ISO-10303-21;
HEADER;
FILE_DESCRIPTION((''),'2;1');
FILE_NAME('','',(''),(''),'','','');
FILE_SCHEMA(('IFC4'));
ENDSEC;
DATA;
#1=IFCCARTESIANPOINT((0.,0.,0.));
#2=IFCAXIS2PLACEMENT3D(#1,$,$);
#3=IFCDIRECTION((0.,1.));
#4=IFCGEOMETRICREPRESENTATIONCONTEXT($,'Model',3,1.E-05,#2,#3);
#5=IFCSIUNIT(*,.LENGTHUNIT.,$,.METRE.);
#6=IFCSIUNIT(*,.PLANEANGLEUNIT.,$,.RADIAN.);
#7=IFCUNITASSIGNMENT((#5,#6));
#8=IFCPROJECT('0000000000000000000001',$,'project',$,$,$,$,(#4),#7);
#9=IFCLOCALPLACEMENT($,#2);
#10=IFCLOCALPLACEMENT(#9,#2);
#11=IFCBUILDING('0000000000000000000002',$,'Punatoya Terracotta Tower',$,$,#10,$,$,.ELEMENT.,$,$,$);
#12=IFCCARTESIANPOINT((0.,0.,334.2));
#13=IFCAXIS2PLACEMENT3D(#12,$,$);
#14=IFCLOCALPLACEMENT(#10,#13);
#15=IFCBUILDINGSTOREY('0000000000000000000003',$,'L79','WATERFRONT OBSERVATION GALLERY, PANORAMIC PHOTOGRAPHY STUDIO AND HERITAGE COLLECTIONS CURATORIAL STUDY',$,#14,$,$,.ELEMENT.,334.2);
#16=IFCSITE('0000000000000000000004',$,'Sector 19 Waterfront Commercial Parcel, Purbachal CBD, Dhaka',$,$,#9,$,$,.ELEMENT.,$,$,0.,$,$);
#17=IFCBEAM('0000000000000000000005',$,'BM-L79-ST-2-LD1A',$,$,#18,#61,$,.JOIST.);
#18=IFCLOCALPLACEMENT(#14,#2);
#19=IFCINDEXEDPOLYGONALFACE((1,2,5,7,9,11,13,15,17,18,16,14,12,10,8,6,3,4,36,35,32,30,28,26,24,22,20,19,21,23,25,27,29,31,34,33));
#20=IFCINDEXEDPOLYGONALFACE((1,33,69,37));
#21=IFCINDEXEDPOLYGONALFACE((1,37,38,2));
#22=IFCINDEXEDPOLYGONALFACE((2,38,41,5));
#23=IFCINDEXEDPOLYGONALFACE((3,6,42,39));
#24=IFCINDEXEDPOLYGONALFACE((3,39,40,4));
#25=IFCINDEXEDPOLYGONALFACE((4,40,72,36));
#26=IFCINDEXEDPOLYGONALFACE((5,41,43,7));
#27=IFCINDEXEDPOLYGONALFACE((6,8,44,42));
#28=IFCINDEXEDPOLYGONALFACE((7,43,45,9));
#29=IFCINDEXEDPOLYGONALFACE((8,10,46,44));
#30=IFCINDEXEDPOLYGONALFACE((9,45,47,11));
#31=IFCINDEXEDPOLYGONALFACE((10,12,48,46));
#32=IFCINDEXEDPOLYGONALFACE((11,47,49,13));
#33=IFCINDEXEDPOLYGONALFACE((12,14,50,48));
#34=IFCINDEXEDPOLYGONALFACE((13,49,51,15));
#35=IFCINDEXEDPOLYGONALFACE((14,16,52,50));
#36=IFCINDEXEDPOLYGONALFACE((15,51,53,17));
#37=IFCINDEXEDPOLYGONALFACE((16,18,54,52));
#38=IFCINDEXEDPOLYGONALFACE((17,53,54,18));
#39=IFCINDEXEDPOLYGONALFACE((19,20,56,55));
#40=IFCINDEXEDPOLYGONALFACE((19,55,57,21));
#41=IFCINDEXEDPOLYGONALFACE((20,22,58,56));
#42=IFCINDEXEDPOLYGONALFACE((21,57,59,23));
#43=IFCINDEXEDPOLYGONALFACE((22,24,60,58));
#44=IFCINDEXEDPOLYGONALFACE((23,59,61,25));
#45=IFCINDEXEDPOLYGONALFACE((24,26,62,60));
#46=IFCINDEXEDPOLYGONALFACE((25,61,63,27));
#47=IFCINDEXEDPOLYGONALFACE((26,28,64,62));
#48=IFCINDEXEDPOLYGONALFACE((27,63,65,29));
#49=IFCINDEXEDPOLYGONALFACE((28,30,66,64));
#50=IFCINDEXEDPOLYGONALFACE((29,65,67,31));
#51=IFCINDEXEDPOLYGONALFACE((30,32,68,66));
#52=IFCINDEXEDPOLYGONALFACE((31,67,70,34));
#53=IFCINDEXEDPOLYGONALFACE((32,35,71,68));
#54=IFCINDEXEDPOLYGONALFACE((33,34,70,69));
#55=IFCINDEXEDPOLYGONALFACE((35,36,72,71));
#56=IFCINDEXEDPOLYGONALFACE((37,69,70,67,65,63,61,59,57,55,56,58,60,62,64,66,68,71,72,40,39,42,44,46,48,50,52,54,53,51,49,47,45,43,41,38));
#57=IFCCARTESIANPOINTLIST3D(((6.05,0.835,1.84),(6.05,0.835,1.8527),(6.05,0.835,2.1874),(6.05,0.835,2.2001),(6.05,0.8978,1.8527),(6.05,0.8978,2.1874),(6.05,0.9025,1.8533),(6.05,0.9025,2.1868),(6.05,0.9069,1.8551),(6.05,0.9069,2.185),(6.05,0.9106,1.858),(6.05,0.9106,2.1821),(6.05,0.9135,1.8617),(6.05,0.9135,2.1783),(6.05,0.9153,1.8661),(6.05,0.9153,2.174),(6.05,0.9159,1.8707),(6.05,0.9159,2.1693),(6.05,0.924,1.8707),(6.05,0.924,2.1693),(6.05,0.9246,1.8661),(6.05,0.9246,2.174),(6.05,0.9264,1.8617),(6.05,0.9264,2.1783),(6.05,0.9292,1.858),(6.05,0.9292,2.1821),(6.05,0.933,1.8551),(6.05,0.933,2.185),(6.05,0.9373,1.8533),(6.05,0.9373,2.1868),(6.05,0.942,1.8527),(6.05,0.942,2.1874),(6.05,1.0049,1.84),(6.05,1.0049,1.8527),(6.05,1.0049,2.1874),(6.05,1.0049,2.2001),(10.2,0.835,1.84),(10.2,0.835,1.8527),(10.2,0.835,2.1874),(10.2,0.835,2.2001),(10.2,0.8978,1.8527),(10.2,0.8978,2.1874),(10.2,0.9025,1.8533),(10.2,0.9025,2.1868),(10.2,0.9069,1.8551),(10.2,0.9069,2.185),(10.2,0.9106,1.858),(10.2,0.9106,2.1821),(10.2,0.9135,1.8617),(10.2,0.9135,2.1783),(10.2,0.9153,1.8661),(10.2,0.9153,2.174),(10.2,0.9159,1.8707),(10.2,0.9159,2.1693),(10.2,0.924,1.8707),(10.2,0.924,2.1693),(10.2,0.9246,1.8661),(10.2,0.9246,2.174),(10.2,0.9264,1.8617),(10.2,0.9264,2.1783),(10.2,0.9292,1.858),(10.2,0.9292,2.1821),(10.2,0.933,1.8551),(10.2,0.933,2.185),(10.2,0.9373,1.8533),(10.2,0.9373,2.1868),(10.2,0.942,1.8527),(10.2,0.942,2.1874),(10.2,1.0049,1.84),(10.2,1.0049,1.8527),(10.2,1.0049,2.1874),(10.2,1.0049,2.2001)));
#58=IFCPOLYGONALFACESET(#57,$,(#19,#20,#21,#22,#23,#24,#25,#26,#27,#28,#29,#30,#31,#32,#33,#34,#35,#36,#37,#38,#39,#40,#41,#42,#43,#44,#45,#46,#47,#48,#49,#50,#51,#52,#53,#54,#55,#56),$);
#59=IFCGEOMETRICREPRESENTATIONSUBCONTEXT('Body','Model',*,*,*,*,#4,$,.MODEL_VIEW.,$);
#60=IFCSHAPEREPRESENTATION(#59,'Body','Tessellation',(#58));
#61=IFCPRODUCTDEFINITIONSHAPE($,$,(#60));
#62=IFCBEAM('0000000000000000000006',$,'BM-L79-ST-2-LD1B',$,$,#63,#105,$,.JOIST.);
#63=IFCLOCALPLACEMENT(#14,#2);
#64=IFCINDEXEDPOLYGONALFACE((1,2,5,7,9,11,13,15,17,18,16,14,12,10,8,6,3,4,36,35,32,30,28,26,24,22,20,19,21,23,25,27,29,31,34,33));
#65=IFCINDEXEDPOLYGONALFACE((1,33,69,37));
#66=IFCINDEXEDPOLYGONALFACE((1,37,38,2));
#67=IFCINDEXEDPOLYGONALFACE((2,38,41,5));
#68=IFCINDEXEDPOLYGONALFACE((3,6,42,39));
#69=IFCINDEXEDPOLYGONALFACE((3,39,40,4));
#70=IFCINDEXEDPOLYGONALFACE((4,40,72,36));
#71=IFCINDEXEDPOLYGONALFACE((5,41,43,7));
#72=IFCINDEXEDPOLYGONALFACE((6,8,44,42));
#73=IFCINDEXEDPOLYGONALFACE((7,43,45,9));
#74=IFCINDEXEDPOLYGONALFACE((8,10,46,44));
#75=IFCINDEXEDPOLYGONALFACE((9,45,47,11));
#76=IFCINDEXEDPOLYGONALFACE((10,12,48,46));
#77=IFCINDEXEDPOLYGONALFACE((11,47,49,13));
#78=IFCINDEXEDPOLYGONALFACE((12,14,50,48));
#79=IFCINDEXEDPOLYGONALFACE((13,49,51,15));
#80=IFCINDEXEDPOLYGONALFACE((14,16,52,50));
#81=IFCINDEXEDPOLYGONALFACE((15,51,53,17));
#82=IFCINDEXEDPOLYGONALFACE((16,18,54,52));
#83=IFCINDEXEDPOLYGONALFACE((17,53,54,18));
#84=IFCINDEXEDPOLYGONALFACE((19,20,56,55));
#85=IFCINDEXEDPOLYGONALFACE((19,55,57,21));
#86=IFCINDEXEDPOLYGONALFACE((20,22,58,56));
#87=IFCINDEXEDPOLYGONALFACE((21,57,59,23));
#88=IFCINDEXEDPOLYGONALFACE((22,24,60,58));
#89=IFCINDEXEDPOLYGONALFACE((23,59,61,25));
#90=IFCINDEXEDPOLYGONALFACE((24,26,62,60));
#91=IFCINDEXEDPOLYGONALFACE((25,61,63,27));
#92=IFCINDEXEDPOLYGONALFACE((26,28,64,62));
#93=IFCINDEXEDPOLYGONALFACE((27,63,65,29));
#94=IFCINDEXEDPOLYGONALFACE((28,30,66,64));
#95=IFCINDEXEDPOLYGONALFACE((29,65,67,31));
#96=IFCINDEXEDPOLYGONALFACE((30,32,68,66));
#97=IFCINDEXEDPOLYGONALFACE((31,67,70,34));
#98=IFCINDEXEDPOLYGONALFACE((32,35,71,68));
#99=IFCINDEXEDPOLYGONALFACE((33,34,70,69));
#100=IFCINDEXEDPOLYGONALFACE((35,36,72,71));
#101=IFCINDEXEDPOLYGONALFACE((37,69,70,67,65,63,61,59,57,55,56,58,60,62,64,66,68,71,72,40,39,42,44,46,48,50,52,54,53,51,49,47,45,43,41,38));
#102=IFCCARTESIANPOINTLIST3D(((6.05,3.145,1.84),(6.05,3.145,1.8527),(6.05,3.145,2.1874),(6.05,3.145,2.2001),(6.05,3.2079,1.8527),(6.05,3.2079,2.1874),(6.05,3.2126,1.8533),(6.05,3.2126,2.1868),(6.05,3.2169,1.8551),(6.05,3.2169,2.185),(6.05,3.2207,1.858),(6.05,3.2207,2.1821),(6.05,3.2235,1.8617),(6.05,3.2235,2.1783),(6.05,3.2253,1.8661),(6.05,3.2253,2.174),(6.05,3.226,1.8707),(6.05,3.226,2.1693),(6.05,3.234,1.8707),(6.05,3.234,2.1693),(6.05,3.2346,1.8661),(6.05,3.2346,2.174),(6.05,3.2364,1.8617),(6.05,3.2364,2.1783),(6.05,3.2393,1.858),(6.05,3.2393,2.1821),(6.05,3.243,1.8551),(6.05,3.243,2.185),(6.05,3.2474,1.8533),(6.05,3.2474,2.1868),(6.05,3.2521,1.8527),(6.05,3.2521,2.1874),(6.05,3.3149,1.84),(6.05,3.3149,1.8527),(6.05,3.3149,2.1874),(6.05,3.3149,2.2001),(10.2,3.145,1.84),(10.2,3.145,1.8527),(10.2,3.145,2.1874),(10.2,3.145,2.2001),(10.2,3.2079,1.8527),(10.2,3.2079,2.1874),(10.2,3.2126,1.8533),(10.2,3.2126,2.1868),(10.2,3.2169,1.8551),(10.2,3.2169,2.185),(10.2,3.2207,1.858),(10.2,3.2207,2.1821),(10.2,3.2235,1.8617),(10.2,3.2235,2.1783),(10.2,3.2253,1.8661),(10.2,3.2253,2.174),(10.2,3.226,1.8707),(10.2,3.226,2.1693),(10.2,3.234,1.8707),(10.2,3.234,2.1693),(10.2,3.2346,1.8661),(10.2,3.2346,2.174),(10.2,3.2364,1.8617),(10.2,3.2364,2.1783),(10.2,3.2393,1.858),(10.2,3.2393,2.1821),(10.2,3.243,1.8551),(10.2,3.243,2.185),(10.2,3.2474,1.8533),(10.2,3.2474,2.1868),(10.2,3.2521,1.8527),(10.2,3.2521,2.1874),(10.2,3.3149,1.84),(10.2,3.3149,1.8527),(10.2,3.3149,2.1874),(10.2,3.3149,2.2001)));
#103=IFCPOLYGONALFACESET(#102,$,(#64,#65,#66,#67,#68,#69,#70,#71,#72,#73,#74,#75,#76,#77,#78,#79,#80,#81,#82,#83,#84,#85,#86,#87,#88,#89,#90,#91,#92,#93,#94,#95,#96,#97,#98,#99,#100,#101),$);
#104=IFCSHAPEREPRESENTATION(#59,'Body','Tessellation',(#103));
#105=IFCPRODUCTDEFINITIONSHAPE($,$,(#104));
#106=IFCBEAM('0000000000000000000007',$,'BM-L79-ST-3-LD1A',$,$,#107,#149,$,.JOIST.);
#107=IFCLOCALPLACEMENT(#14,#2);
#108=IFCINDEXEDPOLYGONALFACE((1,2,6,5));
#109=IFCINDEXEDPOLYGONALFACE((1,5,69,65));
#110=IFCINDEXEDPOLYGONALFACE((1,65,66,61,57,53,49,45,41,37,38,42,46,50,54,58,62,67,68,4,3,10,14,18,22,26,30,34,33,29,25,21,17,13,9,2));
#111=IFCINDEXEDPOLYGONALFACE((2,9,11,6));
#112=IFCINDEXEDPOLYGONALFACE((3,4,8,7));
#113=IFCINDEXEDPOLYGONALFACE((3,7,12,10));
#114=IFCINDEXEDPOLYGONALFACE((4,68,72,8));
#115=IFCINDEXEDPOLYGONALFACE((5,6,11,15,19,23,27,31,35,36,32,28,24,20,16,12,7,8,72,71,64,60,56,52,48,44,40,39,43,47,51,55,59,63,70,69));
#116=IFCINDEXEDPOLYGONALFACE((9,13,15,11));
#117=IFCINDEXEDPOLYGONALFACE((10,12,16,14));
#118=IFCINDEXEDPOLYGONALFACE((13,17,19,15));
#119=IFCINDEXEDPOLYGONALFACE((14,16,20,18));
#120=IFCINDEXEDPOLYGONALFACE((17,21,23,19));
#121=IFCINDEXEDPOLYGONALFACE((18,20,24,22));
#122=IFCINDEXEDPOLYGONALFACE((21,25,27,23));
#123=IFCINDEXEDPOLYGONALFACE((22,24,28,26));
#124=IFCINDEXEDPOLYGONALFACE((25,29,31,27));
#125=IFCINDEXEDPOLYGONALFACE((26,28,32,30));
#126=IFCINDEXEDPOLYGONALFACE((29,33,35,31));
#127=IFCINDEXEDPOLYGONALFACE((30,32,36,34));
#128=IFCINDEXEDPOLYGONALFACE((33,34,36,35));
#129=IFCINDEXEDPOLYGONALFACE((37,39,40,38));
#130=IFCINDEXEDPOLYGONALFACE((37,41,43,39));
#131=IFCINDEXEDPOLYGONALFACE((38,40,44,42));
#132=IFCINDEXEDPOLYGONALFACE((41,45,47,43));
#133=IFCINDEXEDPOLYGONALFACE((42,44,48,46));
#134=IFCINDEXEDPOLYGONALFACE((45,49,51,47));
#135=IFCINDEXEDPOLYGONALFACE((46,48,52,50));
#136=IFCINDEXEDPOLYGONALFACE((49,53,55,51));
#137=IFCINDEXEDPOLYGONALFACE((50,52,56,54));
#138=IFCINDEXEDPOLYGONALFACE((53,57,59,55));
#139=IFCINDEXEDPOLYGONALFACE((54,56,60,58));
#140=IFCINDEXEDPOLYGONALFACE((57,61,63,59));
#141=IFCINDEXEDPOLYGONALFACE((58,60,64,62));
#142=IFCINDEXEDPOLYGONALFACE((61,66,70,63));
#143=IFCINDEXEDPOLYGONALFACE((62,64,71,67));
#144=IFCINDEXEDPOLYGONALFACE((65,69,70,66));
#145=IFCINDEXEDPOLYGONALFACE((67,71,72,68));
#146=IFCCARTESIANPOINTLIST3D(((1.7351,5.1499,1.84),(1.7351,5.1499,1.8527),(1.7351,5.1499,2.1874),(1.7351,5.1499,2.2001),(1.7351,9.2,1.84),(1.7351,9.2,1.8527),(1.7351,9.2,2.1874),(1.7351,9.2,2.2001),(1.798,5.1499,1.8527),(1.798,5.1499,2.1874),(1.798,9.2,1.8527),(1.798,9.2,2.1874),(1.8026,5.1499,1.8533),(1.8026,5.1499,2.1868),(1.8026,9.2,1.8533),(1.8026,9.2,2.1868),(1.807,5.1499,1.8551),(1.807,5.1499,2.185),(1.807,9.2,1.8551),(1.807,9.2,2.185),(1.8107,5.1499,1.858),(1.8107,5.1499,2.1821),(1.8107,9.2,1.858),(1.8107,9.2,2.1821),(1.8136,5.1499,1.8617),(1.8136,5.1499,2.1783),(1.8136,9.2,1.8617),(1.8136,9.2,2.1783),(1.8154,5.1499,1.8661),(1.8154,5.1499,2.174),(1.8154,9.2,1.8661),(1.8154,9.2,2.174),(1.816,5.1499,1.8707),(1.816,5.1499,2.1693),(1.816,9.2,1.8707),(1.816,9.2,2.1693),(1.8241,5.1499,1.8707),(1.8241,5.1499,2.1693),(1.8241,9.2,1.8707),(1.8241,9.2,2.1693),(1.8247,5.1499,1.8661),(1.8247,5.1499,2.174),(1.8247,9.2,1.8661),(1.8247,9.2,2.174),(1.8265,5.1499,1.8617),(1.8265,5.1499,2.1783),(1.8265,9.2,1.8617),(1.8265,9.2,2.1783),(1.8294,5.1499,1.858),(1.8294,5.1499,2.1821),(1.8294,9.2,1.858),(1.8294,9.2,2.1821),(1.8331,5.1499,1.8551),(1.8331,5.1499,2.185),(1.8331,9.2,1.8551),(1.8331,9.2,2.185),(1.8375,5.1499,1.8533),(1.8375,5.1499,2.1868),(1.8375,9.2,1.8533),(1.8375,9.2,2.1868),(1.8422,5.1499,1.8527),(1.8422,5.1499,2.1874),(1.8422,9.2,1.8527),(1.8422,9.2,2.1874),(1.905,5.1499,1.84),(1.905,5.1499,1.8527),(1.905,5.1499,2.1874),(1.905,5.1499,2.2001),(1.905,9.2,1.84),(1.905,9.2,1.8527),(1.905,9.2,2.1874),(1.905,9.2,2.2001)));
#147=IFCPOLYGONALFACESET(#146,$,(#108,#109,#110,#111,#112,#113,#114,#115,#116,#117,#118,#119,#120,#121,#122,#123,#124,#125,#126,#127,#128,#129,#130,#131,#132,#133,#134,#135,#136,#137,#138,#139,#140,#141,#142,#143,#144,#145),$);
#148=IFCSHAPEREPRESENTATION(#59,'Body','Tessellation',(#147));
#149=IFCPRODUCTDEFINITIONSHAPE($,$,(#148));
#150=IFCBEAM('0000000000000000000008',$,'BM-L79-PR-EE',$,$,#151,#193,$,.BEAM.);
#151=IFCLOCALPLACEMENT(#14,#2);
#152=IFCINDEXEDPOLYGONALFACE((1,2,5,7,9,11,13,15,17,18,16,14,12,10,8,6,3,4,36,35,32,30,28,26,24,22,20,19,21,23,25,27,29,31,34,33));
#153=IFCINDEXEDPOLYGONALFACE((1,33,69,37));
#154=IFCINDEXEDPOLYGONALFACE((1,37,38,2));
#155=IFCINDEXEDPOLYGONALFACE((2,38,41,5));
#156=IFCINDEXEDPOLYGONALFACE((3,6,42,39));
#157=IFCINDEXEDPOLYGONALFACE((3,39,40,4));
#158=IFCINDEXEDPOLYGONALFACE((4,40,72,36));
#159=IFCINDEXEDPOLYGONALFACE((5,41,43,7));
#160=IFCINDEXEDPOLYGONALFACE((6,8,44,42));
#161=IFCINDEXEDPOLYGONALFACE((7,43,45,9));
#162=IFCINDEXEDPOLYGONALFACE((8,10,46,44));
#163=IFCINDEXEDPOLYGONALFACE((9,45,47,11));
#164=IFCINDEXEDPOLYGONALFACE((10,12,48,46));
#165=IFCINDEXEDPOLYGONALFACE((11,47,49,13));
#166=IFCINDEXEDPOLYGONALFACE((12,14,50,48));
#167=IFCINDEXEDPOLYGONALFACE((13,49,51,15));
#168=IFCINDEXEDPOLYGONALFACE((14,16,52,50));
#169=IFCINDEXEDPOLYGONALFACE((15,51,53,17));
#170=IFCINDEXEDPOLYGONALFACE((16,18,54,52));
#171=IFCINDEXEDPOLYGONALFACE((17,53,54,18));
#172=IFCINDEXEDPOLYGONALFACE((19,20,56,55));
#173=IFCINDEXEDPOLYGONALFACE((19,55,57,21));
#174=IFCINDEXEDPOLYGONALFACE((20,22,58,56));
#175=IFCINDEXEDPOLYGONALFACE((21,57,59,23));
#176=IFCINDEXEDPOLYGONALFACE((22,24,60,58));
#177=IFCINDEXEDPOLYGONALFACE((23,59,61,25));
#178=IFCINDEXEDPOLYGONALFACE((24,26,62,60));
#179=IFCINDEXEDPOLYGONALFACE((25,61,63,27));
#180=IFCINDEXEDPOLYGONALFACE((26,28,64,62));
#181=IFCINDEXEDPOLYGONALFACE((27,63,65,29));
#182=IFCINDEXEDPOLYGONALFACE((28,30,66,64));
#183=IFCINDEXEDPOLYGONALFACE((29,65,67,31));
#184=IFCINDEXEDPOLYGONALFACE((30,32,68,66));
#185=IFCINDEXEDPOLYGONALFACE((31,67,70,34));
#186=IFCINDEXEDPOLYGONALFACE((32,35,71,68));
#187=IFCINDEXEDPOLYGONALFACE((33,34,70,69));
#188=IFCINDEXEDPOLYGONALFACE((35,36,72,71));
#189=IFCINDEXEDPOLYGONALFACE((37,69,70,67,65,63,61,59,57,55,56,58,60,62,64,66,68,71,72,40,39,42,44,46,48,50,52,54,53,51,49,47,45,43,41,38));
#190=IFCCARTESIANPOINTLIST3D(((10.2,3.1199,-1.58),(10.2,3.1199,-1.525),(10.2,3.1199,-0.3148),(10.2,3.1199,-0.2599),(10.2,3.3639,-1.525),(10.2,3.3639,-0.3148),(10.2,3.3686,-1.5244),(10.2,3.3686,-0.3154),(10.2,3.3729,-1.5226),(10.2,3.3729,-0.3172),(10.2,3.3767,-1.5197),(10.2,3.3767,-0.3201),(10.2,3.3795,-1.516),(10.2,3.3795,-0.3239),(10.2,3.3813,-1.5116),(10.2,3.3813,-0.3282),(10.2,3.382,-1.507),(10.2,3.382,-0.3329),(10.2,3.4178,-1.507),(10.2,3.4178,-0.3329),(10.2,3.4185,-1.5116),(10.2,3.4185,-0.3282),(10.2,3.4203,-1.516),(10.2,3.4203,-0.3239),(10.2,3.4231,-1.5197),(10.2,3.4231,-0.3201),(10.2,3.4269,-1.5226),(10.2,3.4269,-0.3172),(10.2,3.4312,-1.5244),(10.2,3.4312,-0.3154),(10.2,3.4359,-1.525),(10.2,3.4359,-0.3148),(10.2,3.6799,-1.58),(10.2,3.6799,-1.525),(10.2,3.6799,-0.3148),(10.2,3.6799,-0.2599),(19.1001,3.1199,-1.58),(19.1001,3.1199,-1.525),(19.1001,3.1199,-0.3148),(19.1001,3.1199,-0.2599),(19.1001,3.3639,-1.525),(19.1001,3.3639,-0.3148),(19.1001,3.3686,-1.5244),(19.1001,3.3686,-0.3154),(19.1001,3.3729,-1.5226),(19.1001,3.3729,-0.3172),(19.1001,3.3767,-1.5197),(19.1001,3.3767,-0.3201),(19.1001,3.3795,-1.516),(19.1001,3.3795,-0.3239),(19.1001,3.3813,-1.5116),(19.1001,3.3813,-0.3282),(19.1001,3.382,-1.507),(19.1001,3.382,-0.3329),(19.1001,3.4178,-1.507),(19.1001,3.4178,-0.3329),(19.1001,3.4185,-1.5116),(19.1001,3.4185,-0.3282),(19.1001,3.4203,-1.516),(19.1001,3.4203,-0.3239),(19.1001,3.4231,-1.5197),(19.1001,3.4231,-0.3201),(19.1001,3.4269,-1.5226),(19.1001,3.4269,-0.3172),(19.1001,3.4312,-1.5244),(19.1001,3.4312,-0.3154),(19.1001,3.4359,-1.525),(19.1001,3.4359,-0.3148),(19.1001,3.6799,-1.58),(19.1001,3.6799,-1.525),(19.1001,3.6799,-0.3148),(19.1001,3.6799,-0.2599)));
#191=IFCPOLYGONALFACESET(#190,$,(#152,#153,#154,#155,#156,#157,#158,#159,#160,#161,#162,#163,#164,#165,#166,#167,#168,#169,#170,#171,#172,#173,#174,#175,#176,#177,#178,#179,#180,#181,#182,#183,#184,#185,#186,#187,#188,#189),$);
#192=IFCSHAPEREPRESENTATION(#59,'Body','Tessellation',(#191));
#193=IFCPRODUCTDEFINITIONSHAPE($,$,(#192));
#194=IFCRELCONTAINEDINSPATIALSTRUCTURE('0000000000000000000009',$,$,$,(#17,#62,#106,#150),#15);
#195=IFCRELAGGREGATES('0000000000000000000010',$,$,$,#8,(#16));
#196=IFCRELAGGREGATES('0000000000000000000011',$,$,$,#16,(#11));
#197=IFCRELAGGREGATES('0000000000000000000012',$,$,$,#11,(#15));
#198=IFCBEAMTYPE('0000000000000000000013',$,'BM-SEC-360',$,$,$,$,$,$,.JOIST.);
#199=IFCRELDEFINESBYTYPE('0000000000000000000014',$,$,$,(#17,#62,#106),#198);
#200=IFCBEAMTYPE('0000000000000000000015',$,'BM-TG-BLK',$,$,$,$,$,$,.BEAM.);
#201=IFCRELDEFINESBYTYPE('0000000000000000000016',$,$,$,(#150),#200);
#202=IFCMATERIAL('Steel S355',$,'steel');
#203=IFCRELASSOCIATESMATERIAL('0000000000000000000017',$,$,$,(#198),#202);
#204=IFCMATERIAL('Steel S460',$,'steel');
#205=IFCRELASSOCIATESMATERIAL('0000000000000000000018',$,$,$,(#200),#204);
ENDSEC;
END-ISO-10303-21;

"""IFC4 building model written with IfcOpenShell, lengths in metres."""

from ifc_helpers import new_model, si_unit, direction, frame, origin, origin_2d, place, context, subcontext, project, spatial, i_section, extrude, material, material_profile, profile_set, type_object, element, save


model = new_model("IFC4")

# Units and contexts
model_context = context("Model", 3, precision=1e-05, world=origin(), true_north=direction((0.0, 1.0)))
body_context = subcontext(model_context, "Body", "Model", "MODEL_VIEW")
ifc_project = project(units=[si_unit("LENGTHUNIT", "METRE"), si_unit("PLANEANGLEUNIT", "RADIAN")], contexts=[model_context])

# Site, building, storey
site_placement = place(None, origin())
site = spatial("IfcSite", under=ifc_project, at=site_placement, Name="Sector 19 Waterfront Commercial Parcel, Purbachal CBD, Dhaka", CompositionType="ELEMENT", RefElevation=0.0)
building_placement = place(site_placement, origin())
building = spatial("IfcBuilding", under=site, at=building_placement, Name="Punatoya Terracotta Tower", CompositionType="ELEMENT")
storey_placement = place(building_placement, frame((0.0, 0.0, 334.2)))
storey = spatial("IfcBuildingStorey", under=building, at=storey_placement, Name="L79", Description="WATERFRONT OBSERVATION GALLERY, PANORAMIC PHOTOGRAPHY STUDIO AND HERITAGE COLLECTIONS CURATORIAL STUDY", CompositionType="ELEMENT", Elevation=334.2)

# Beams
ifc_material_1 = material(Name="Steel S355", Category="steel")
ifc_material_profile_1 = material_profile(ifc_material_1, i_section(OverallWidth=0.1699, OverallDepth=0.3601, WebThickness=0.0081, FlangeThickness=0.0127, FilletRadius=0.0181, at=origin_2d()))
ifc_profile_set_1 = profile_set([ifc_material_profile_1], Name="Steel S355")
beam_type_1 = type_object("IfcBeamType", Name="BM-SEC-360", PredefinedType="JOIST", material=ifc_profile_set_1)
for number, where, z_axis, x_axis, name in (
    (1, (6.05, 0.9199, 2.02), (1.0, 0.0, 0.0), (0.0, 1.0, 0.0), "BM-L79-ST-2-LD1A"),
    (2, (6.05, 3.23, 2.02), (1.0, 0.0, 0.0), (0.0, 1.0, 0.0), "BM-L79-ST-2-LD1B"),
):
    element("IfcBeam", number, at=place(storey_placement, frame(where, z_axis=z_axis, x_axis=x_axis)), inside=storey, type_object=beam_type_1, Name=name, PredefinedType="JOIST", context=body_context, shape_type="SweptSolid", body=[
        extrude(i_section(OverallWidth=0.1699, OverallDepth=0.3601, WebThickness=0.0081, FlangeThickness=0.0127, FilletRadius=0.0181, at=origin_2d()), origin(), (0.0, 0.0, 1.0), 4.1499),
    ])
beam_1_placement = place(storey_placement, frame((1.8201, 5.1499, 2.02), z_axis=(0.0, 1.0, 0.0), x_axis=(-1.0, 0.0, 0.0)))
element("IfcBeam", 3, at=beam_1_placement, inside=storey, type_object=beam_type_1, Name="BM-L79-ST-3-LD1A", PredefinedType="JOIST", context=body_context, shape_type="SweptSolid", body=[
    extrude(i_section(OverallWidth=0.1699, OverallDepth=0.3601, WebThickness=0.0081, FlangeThickness=0.0127, FilletRadius=0.0181, at=origin_2d()), origin(), (0.0, 0.0, 1.0), 4.05),
])
ifc_material_2 = material(Name="Steel S460", Category="steel")
ifc_material_profile_2 = material_profile(ifc_material_2, i_section(OverallWidth=0.5601, OverallDepth=1.3201, WebThickness=0.0359, FlangeThickness=0.0549, FilletRadius=0.0181, at=origin_2d()))
ifc_profile_set_2 = profile_set([ifc_material_profile_2], Name="Steel S460")
beam_type_2 = type_object("IfcBeamType", Name="BM-TG-BLK", PredefinedType="BEAM", material=ifc_profile_set_2)
beam_2_placement = place(storey_placement, frame((10.2, 3.3999, -0.9199), z_axis=(1.0, 0.0, 0.0), x_axis=(0.0, 1.0, 0.0)))
element("IfcBeam", 4, at=beam_2_placement, inside=storey, type_object=beam_type_2, Name="BM-L79-PR-EE", PredefinedType="BEAM", context=body_context, shape_type="SweptSolid", body=[
    extrude(i_section(OverallWidth=0.5601, OverallDepth=1.3201, WebThickness=0.0359, FlangeThickness=0.0549, FilletRadius=0.0181, at=origin_2d()), origin(), (0.0, 0.0, 1.0), 8.9001),
])

save(model, "model.ifc")
